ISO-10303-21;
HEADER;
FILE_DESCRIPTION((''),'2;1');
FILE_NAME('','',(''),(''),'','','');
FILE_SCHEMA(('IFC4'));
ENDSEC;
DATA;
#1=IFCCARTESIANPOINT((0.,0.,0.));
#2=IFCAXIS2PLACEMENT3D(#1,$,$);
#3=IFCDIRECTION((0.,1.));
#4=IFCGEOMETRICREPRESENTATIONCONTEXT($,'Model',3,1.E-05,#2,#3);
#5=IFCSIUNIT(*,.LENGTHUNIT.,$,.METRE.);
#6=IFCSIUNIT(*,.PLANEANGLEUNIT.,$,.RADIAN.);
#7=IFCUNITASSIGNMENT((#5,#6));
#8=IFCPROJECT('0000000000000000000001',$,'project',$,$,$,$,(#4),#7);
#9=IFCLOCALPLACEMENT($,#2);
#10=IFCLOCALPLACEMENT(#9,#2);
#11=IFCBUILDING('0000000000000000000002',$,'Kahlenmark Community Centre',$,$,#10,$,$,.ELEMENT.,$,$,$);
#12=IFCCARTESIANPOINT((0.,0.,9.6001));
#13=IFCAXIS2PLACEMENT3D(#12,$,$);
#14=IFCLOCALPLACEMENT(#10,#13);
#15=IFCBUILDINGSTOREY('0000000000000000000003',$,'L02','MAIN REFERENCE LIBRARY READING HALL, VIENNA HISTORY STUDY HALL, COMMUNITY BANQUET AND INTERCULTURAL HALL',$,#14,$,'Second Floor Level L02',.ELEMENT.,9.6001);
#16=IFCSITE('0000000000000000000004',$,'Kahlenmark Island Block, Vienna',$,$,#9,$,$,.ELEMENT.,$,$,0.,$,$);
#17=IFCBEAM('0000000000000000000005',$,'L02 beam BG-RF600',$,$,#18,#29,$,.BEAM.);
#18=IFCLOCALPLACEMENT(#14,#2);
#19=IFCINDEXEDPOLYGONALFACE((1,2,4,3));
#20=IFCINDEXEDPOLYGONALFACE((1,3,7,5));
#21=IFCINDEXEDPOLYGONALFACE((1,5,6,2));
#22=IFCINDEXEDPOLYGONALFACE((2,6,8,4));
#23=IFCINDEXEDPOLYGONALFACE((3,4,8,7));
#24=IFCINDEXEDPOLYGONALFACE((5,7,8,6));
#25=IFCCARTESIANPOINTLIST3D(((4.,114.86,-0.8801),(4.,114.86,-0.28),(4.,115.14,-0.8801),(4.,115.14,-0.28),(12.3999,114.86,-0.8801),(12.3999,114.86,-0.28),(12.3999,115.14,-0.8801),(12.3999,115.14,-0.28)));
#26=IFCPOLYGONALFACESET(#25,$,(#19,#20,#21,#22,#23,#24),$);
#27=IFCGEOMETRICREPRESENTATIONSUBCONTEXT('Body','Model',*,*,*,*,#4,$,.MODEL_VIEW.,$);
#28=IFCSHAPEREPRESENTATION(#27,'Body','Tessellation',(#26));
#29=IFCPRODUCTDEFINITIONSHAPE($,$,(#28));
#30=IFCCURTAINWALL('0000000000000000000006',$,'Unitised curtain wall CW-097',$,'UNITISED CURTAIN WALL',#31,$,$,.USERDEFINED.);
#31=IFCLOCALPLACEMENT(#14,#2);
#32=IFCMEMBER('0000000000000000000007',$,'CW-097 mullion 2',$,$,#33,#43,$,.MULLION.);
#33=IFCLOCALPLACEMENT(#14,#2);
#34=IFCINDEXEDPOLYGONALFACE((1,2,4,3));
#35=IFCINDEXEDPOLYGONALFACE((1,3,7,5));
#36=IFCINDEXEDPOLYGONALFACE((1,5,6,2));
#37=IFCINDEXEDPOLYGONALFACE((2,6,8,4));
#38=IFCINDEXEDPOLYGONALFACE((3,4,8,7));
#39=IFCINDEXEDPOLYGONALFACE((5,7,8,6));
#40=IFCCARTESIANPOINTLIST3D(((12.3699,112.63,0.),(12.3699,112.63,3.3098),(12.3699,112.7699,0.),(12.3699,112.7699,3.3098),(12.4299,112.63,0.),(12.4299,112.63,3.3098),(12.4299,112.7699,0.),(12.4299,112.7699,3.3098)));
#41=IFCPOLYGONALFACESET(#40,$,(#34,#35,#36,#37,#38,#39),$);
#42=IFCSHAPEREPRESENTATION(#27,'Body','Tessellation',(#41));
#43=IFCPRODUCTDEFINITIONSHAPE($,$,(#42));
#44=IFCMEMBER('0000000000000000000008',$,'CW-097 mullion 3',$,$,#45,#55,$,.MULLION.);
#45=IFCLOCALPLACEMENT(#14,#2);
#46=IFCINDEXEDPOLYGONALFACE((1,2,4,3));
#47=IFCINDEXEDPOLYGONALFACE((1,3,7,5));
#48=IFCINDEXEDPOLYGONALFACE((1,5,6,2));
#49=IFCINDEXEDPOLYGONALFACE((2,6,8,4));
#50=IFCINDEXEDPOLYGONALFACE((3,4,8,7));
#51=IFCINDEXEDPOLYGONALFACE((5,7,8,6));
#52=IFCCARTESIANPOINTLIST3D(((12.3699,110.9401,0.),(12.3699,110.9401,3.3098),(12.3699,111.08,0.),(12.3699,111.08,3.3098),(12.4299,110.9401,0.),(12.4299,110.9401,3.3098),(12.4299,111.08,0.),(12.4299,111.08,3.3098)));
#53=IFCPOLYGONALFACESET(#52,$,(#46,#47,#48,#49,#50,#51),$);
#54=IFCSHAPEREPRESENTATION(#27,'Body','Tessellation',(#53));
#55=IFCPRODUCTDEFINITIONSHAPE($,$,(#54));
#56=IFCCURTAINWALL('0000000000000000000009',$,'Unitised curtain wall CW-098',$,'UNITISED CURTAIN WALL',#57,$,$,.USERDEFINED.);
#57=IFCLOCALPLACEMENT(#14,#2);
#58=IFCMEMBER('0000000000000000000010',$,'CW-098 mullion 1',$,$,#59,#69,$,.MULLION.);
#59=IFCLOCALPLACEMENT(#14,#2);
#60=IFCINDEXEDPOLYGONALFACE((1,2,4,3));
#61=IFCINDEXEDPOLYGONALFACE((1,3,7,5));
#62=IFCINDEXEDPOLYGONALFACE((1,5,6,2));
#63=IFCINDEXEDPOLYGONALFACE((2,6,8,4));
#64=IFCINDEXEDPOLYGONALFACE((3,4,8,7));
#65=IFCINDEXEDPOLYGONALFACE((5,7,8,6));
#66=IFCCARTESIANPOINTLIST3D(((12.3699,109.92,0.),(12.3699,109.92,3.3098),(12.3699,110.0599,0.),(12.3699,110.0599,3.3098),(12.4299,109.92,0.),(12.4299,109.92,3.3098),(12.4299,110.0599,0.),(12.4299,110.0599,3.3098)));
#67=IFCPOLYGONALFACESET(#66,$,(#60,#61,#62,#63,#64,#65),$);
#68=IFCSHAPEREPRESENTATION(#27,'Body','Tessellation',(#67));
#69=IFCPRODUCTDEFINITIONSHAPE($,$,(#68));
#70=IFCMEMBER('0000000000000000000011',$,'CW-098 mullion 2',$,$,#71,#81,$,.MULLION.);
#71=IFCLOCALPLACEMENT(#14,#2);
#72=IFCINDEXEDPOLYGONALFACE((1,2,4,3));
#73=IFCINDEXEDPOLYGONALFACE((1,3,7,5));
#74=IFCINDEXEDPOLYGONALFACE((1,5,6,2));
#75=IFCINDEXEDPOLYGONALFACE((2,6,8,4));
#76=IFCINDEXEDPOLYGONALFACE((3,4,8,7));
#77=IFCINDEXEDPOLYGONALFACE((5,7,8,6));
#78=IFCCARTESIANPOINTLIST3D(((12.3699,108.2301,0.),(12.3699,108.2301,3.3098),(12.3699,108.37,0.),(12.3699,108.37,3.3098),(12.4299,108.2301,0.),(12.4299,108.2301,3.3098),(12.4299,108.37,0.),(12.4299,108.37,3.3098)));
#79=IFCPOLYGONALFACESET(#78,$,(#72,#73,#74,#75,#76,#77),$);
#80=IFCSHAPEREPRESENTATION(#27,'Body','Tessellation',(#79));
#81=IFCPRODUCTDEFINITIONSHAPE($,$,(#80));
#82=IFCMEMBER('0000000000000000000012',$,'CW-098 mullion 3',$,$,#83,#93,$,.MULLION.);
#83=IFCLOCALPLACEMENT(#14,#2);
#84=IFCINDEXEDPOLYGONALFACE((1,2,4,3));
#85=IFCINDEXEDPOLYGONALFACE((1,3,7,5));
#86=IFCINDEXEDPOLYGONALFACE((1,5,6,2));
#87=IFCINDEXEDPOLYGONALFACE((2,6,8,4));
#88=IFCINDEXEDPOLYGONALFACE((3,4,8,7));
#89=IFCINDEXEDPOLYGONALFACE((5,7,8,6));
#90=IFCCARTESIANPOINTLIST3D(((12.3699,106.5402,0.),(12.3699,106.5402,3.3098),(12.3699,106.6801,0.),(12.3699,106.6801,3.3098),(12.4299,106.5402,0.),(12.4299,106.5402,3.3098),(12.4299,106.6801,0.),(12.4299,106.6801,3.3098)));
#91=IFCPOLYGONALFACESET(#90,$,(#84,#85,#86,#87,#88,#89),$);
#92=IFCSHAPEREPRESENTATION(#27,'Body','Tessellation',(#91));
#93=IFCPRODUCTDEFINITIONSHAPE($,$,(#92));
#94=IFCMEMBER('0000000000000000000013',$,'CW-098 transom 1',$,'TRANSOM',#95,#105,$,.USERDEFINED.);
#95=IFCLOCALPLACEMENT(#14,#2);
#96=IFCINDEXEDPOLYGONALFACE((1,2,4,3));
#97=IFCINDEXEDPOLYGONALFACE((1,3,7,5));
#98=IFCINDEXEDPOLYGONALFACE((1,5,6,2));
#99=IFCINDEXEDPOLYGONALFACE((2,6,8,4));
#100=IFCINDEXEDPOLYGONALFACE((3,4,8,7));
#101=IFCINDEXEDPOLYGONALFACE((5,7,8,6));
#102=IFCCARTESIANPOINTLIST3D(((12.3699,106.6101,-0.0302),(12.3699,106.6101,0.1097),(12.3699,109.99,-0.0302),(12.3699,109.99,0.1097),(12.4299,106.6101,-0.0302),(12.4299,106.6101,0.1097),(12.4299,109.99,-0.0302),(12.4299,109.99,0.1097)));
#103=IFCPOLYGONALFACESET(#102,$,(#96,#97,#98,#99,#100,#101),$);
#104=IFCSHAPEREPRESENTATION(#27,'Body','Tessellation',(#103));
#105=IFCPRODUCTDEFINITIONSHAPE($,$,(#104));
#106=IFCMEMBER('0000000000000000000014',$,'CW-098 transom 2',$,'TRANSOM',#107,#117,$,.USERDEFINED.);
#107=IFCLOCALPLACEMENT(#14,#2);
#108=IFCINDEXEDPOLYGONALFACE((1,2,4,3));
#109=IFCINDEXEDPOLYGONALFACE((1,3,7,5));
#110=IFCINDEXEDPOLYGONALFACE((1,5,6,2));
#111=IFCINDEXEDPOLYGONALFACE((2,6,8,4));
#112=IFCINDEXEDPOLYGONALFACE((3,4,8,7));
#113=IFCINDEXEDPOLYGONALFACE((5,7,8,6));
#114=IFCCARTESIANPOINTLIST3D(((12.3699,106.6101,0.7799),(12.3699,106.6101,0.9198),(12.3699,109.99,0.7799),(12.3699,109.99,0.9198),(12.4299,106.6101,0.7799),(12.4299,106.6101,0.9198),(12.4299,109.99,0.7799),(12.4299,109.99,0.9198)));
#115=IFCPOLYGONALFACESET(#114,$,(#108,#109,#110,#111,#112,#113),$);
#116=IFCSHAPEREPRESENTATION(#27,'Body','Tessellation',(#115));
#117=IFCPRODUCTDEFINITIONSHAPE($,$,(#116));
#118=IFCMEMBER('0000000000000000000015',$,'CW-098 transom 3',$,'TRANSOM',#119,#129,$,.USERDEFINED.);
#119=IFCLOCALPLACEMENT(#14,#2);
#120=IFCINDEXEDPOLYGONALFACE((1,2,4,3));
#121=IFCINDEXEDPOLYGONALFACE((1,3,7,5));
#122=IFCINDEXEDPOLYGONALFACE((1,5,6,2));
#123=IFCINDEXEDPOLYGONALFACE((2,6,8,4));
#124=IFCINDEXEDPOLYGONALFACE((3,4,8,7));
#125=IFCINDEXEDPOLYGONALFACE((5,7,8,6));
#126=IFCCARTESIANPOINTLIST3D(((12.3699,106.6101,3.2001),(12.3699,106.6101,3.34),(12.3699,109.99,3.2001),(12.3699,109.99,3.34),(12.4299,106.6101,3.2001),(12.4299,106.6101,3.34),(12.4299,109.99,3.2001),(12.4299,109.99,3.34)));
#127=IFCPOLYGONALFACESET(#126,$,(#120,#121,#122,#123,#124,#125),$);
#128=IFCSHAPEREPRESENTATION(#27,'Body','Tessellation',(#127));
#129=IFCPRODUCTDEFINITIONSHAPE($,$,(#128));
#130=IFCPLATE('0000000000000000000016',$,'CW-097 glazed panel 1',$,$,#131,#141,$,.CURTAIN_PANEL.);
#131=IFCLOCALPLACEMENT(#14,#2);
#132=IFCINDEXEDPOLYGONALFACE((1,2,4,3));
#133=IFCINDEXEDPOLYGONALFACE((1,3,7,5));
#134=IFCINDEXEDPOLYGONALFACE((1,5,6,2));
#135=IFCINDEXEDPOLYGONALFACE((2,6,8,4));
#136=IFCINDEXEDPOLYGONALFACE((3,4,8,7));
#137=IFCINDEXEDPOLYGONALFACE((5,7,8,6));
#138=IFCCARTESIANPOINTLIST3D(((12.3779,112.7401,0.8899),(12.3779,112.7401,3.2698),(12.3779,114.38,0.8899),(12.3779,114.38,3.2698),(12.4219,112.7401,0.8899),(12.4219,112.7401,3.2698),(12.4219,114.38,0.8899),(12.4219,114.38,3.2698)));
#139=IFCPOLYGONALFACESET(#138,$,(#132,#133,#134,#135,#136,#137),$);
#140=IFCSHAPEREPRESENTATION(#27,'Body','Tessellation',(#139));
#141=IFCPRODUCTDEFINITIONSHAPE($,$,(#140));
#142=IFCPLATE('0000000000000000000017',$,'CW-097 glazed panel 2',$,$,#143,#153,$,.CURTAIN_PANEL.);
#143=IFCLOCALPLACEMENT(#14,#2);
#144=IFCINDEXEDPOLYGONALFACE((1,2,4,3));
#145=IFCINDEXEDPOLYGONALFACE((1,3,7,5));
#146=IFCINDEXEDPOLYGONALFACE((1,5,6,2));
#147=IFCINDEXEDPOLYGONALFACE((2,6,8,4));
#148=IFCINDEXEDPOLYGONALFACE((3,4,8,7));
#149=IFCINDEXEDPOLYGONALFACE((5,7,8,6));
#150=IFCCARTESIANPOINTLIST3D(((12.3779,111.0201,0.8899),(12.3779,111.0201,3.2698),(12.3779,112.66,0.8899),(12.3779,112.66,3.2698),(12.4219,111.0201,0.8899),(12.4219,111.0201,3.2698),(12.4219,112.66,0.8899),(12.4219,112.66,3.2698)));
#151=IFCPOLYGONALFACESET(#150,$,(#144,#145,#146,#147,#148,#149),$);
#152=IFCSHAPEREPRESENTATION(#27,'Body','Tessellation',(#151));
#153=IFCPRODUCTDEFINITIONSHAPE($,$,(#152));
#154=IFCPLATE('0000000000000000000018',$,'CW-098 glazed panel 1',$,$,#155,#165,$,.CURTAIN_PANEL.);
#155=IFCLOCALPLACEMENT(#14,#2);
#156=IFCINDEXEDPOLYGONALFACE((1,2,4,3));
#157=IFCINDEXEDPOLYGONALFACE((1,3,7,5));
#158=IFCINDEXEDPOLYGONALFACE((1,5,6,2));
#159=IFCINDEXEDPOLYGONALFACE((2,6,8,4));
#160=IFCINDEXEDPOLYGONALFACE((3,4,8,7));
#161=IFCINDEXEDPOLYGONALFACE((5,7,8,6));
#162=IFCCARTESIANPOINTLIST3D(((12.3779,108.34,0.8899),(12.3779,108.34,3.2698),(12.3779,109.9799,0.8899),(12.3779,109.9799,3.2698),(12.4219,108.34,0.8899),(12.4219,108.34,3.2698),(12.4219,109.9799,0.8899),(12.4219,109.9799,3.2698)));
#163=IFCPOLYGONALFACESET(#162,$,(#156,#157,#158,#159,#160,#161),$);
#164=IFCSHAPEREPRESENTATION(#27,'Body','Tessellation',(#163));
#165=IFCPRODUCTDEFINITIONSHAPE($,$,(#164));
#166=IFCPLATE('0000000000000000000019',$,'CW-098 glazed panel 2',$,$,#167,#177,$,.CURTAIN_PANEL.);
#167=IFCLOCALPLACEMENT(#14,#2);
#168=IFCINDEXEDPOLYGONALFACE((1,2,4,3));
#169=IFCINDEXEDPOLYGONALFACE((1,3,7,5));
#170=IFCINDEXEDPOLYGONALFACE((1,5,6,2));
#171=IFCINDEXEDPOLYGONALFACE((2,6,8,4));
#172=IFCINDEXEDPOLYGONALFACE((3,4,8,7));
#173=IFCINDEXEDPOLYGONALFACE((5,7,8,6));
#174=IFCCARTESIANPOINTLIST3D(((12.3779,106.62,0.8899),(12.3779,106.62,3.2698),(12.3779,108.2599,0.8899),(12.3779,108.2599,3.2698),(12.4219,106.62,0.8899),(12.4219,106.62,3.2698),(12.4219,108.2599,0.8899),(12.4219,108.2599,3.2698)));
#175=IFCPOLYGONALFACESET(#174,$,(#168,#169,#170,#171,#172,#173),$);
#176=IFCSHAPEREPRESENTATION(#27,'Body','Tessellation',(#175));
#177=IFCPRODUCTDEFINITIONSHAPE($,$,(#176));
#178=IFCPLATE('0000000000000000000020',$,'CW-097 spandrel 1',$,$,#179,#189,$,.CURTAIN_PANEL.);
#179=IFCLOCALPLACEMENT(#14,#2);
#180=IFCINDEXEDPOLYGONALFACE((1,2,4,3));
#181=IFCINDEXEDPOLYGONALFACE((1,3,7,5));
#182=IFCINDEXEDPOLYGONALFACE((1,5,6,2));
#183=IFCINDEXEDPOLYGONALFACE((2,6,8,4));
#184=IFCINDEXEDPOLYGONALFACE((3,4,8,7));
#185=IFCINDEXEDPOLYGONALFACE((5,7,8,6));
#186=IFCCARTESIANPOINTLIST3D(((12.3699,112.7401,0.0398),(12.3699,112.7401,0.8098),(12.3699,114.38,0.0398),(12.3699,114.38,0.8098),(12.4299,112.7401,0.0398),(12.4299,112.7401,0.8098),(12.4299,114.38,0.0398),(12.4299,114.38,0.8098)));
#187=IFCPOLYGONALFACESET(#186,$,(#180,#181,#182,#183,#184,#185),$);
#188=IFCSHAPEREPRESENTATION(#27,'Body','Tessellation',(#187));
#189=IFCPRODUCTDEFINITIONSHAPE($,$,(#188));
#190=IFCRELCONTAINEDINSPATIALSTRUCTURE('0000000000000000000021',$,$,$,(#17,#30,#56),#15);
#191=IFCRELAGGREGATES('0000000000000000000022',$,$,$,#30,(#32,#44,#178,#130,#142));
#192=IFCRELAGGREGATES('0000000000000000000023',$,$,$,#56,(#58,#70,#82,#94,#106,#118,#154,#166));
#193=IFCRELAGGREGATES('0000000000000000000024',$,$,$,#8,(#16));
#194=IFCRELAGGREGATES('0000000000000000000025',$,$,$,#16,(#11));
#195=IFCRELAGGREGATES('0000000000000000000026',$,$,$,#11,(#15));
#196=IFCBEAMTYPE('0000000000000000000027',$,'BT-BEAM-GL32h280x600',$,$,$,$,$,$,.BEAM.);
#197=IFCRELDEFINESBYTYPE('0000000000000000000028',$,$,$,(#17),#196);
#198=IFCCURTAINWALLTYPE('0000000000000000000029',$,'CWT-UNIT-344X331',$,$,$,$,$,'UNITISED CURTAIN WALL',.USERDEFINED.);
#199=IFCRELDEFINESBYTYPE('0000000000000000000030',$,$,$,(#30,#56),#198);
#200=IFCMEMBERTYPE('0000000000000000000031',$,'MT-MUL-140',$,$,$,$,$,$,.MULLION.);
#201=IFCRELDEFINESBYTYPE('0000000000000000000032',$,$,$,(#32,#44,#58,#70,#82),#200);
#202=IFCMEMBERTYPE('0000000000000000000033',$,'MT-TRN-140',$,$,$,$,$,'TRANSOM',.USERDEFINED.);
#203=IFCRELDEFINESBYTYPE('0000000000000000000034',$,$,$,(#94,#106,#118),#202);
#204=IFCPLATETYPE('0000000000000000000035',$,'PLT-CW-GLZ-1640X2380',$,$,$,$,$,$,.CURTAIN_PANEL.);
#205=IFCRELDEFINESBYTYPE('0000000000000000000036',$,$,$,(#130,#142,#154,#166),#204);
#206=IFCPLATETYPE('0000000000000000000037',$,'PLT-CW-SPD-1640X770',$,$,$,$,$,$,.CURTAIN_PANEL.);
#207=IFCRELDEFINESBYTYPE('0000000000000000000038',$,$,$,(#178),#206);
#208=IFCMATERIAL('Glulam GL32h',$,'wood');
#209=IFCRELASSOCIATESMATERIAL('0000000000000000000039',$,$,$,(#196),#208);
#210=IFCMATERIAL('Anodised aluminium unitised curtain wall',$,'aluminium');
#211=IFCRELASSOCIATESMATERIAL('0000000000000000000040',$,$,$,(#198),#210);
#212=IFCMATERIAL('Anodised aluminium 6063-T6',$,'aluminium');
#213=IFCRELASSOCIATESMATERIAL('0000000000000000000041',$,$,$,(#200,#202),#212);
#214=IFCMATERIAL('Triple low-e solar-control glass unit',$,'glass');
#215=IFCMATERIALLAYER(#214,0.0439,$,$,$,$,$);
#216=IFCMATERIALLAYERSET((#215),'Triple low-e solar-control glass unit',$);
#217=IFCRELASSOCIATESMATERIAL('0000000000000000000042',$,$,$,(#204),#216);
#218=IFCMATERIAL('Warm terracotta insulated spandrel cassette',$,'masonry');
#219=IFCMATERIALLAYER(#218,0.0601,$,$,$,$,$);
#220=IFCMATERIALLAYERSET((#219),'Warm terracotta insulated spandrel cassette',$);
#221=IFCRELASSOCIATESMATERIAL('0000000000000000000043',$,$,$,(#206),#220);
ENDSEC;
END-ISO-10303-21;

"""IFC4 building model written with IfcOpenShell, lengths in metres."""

from ifc_helpers import new_model, si_unit, direction, frame, origin, origin_2d, place, context, subcontext, project, spatial, rectangle, extrude, material, layer, layer_set, material_profile, profile_set, type_object, element, aggregate, save


model = new_model("IFC4")

# Units and contexts
model_context = context("Model", 3, precision=1e-05, world=origin(), true_north=direction((0.0, 1.0)))
body_context = subcontext(model_context, "Body", "Model", "MODEL_VIEW")
ifc_project = project(units=[si_unit("LENGTHUNIT", "METRE"), si_unit("PLANEANGLEUNIT", "RADIAN")], contexts=[model_context])

# Site, building, storey
site_placement = place(None, origin())
site = spatial("IfcSite", under=ifc_project, at=site_placement, Name="Kahlenmark Island Block, Vienna", CompositionType="ELEMENT", RefElevation=0.0)
building_placement = place(site_placement, origin())
building = spatial("IfcBuilding", under=site, at=building_placement, Name="Kahlenmark Community Centre", CompositionType="ELEMENT")
storey_placement = place(building_placement, frame((0.0, 0.0, 9.6001)))
storey = spatial("IfcBuildingStorey", under=building, at=storey_placement, Name="L02", Description="MAIN REFERENCE LIBRARY READING HALL, VIENNA HISTORY STUDY HALL, COMMUNITY BANQUET AND INTERCULTURAL HALL", LongName="Second Floor Level L02", CompositionType="ELEMENT", Elevation=9.6001)

# Beam
ifc_material_1 = material(Name="Glulam GL32h", Category="wood")
ifc_material_profile_1 = material_profile(ifc_material_1, rectangle(XDim=0.28, YDim=0.6001, at=origin_2d()), Name="GL32h 280x600")
ifc_profile_set_1 = profile_set([ifc_material_profile_1], Name="Glulam GL32h")
beam_type = type_object("IfcBeamType", Name="BT-BEAM-GL32h280x600", PredefinedType="BEAM", material=ifc_profile_set_1)
beam_placement = place(storey_placement, frame((4.0, 115.0, -0.5801), z_axis=(1.0, 0.0, 0.0), x_axis=(0.0, 1.0, 0.0)))
element("IfcBeam", 1, at=beam_placement, inside=storey, type_object=beam_type, Name="L02 beam BG-RF600", PredefinedType="BEAM", context=body_context, shape_type="SweptSolid", body=[
    extrude(rectangle(XDim=0.28, YDim=0.6001, at=origin_2d()), origin(), (0.0, 0.0, 1.0), 8.3999),
])

# Curtain walls, members
ifc_material_2 = material(Name="Anodised aluminium unitised curtain wall", Category="aluminium")
curtain_wall_type = type_object("IfcCurtainWallType", Name="CWT-UNIT-344X331", ElementType="UNITISED CURTAIN WALL", PredefinedType="USERDEFINED", material=ifc_material_2)
curtain_wall_1_placement = place(storey_placement, origin())
curtain_wall_1 = element("IfcCurtainWall", 2, at=curtain_wall_1_placement, inside=storey, type_object=curtain_wall_type, Name="Unitised curtain wall CW-097", ObjectType="UNITISED CURTAIN WALL", PredefinedType="USERDEFINED")
ifc_material_3 = material(Name="Anodised aluminium 6063-T6", Category="aluminium")
ifc_material_profile_2 = material_profile(ifc_material_3, rectangle(XDim=0.0601, YDim=0.1399, at=origin_2d()), Name="ALU MULLION 60x140")
ifc_profile_set_2 = profile_set([ifc_material_profile_2], Name="Anodised aluminium 6063-T6")
member_type_1 = type_object("IfcMemberType", Name="MT-MUL-140", PredefinedType="MULLION", material=ifc_profile_set_2)
member_1_placement = place(storey_placement, frame((12.3999, 112.7, 0.0), z_axis=(0.0, 0.0, 1.0), x_axis=(1.0, 0.0, 0.0)))
member_1 = element("IfcMember", 3, at=member_1_placement, type_object=member_type_1, Name="CW-097 mullion 2", PredefinedType="MULLION", context=body_context, shape_type="SweptSolid", body=[
    extrude(rectangle(XDim=0.0601, YDim=0.1399, at=origin_2d()), origin(), (0.0, 0.0, 1.0), 3.3098),
])
member_2_placement = place(storey_placement, frame((12.3999, 111.01, 0.0), z_axis=(0.0, 0.0, 1.0), x_axis=(1.0, 0.0, 0.0)))
member_2 = element("IfcMember", 4, at=member_2_placement, type_object=member_type_1, Name="CW-097 mullion 3", PredefinedType="MULLION", context=body_context, shape_type="SweptSolid", body=[
    extrude(rectangle(XDim=0.0601, YDim=0.1399, at=origin_2d()), origin(), (0.0, 0.0, 1.0), 3.3098),
])
curtain_wall_2_placement = place(storey_placement, origin())
curtain_wall_2 = element("IfcCurtainWall", 5, at=curtain_wall_2_placement, inside=storey, type_object=curtain_wall_type, Name="Unitised curtain wall CW-098", ObjectType="UNITISED CURTAIN WALL", PredefinedType="USERDEFINED")
member_3_placement = place(storey_placement, frame((12.3999, 109.99, 0.0), z_axis=(0.0, 0.0, 1.0), x_axis=(1.0, 0.0, 0.0)))
member_3 = element("IfcMember", 6, at=member_3_placement, type_object=member_type_1, Name="CW-098 mullion 1", PredefinedType="MULLION", context=body_context, shape_type="SweptSolid", body=[
    extrude(rectangle(XDim=0.0601, YDim=0.1399, at=origin_2d()), origin(), (0.0, 0.0, 1.0), 3.3098),
])
member_4_placement = place(storey_placement, frame((12.3999, 108.3, 0.0), z_axis=(0.0, 0.0, 1.0), x_axis=(1.0, 0.0, 0.0)))
member_4 = element("IfcMember", 7, at=member_4_placement, type_object=member_type_1, Name="CW-098 mullion 2", PredefinedType="MULLION", context=body_context, shape_type="SweptSolid", body=[
    extrude(rectangle(XDim=0.0601, YDim=0.1399, at=origin_2d()), origin(), (0.0, 0.0, 1.0), 3.3098),
])
member_5_placement = place(storey_placement, frame((12.3999, 106.6101, 0.0), z_axis=(0.0, 0.0, 1.0), x_axis=(1.0, 0.0, 0.0)))
member_5 = element("IfcMember", 8, at=member_5_placement, type_object=member_type_1, Name="CW-098 mullion 3", PredefinedType="MULLION", context=body_context, shape_type="SweptSolid", body=[
    extrude(rectangle(XDim=0.0601, YDim=0.1399, at=origin_2d()), origin(), (0.0, 0.0, 1.0), 3.3098),
])
ifc_material_profile_3 = material_profile(ifc_material_3, rectangle(XDim=0.0601, YDim=0.1399, at=origin_2d()), Name="ALU TRANSOM 60x140")
ifc_profile_set_3 = profile_set([ifc_material_profile_3], Name="Anodised aluminium 6063-T6")
member_type_2 = type_object("IfcMemberType", Name="MT-TRN-140", ElementType="TRANSOM", PredefinedType="USERDEFINED", material=ifc_profile_set_3)
member_6_placement = place(storey_placement, frame((12.3999, 109.99, 0.0398), z_axis=(0.0, -1.0, 0.0), x_axis=(1.0, 0.0, 0.0)))
member_6 = element("IfcMember", 9, at=member_6_placement, type_object=member_type_2, Name="CW-098 transom 1", ObjectType="TRANSOM", PredefinedType="USERDEFINED", context=body_context, shape_type="SweptSolid", body=[
    extrude(rectangle(XDim=0.0601, YDim=0.1399, at=origin_2d()), origin(), (0.0, 0.0, 1.0), 3.3799),
])
member_7_placement = place(storey_placement, frame((12.3999, 109.99, 0.8499), z_axis=(0.0, -1.0, 0.0), x_axis=(1.0, 0.0, 0.0)))
member_7 = element("IfcMember", 10, at=member_7_placement, type_object=member_type_2, Name="CW-098 transom 2", ObjectType="TRANSOM", PredefinedType="USERDEFINED", context=body_context, shape_type="SweptSolid", body=[
    extrude(rectangle(XDim=0.0601, YDim=0.1399, at=origin_2d()), origin(), (0.0, 0.0, 1.0), 3.3799),
])
member_8_placement = place(storey_placement, frame((12.3999, 109.99, 3.27), z_axis=(0.0, -1.0, 0.0), x_axis=(1.0, 0.0, 0.0)))
member_8 = element("IfcMember", 11, at=member_8_placement, type_object=member_type_2, Name="CW-098 transom 3", ObjectType="TRANSOM", PredefinedType="USERDEFINED", context=body_context, shape_type="SweptSolid", body=[
    extrude(rectangle(XDim=0.0601, YDim=0.1399, at=origin_2d()), origin(), (0.0, 0.0, 1.0), 3.3799),
])

# Plates
ifc_material_4 = material(Name="Triple low-e solar-control glass unit", Category="glass")
ifc_layer_1 = layer(ifc_material_4, 0.0439)
ifc_layer_set_1 = layer_set([ifc_layer_1], Name="Triple low-e solar-control glass unit")
plate_type_1 = type_object("IfcPlateType", Name="PLT-CW-GLZ-1640X2380", PredefinedType="CURTAIN_PANEL", material=ifc_layer_set_1)
plate_1_placement = place(storey_placement, frame((12.3999, 113.5601, 0.8899), z_axis=(0.0, 0.0, 1.0), x_axis=(0.0, -1.0, 0.0)))
plate_1 = element("IfcPlate", 12, at=plate_1_placement, type_object=plate_type_1, Name="CW-097 glazed panel 1", PredefinedType="CURTAIN_PANEL", context=body_context, shape_type="SweptSolid", body=[
    extrude(rectangle(XDim=1.6399, YDim=0.0439, at=origin_2d()), origin(), (0.0, 0.0, 1.0), 2.3799),
])
plate_2_placement = place(storey_placement, frame((12.3999, 111.8401, 0.8899), z_axis=(0.0, 0.0, 1.0), x_axis=(0.0, -1.0, 0.0)))
plate_2 = element("IfcPlate", 13, at=plate_2_placement, type_object=plate_type_1, Name="CW-097 glazed panel 2", PredefinedType="CURTAIN_PANEL", context=body_context, shape_type="SweptSolid", body=[
    extrude(rectangle(XDim=1.6399, YDim=0.0439, at=origin_2d()), origin(), (0.0, 0.0, 1.0), 2.3799),
])
plate_3_placement = place(storey_placement, frame((12.3999, 109.1599, 0.8899), z_axis=(0.0, 0.0, 1.0), x_axis=(0.0, -1.0, 0.0)))
plate_3 = element("IfcPlate", 14, at=plate_3_placement, type_object=plate_type_1, Name="CW-098 glazed panel 1", PredefinedType="CURTAIN_PANEL", context=body_context, shape_type="SweptSolid", body=[
    extrude(rectangle(XDim=1.6399, YDim=0.0439, at=origin_2d()), origin(), (0.0, 0.0, 1.0), 2.3799),
])
plate_4_placement = place(storey_placement, frame((12.3999, 107.4399, 0.8899), z_axis=(0.0, 0.0, 1.0), x_axis=(0.0, -1.0, 0.0)))
plate_4 = element("IfcPlate", 15, at=plate_4_placement, type_object=plate_type_1, Name="CW-098 glazed panel 2", PredefinedType="CURTAIN_PANEL", context=body_context, shape_type="SweptSolid", body=[
    extrude(rectangle(XDim=1.6399, YDim=0.0439, at=origin_2d()), origin(), (0.0, 0.0, 1.0), 2.3799),
])
ifc_material_5 = material(Name="Warm terracotta insulated spandrel cassette", Category="masonry")
ifc_layer_2 = layer(ifc_material_5, 0.0601)
ifc_layer_set_2 = layer_set([ifc_layer_2], Name="Warm terracotta insulated spandrel cassette")
plate_type_2 = type_object("IfcPlateType", Name="PLT-CW-SPD-1640X770", PredefinedType="CURTAIN_PANEL", material=ifc_layer_set_2)
plate_5_placement = place(storey_placement, frame((12.3999, 113.5601, 0.0398), z_axis=(0.0, 0.0, 1.0), x_axis=(0.0, -1.0, 0.0)))
plate_5 = element("IfcPlate", 16, at=plate_5_placement, type_object=plate_type_2, Name="CW-097 spandrel 1", PredefinedType="CURTAIN_PANEL", context=body_context, shape_type="SweptSolid", body=[
    extrude(rectangle(XDim=1.6399, YDim=0.0601, at=origin_2d()), origin(), (0.0, 0.0, 1.0), 0.77),
])
aggregate(curtain_wall_1, [member_1, member_2, plate_5, plate_1, plate_2])
aggregate(curtain_wall_2, [member_3, member_4, member_5, member_6, member_7, member_8, plate_3, plate_4])

save(model, "model.ifc")
